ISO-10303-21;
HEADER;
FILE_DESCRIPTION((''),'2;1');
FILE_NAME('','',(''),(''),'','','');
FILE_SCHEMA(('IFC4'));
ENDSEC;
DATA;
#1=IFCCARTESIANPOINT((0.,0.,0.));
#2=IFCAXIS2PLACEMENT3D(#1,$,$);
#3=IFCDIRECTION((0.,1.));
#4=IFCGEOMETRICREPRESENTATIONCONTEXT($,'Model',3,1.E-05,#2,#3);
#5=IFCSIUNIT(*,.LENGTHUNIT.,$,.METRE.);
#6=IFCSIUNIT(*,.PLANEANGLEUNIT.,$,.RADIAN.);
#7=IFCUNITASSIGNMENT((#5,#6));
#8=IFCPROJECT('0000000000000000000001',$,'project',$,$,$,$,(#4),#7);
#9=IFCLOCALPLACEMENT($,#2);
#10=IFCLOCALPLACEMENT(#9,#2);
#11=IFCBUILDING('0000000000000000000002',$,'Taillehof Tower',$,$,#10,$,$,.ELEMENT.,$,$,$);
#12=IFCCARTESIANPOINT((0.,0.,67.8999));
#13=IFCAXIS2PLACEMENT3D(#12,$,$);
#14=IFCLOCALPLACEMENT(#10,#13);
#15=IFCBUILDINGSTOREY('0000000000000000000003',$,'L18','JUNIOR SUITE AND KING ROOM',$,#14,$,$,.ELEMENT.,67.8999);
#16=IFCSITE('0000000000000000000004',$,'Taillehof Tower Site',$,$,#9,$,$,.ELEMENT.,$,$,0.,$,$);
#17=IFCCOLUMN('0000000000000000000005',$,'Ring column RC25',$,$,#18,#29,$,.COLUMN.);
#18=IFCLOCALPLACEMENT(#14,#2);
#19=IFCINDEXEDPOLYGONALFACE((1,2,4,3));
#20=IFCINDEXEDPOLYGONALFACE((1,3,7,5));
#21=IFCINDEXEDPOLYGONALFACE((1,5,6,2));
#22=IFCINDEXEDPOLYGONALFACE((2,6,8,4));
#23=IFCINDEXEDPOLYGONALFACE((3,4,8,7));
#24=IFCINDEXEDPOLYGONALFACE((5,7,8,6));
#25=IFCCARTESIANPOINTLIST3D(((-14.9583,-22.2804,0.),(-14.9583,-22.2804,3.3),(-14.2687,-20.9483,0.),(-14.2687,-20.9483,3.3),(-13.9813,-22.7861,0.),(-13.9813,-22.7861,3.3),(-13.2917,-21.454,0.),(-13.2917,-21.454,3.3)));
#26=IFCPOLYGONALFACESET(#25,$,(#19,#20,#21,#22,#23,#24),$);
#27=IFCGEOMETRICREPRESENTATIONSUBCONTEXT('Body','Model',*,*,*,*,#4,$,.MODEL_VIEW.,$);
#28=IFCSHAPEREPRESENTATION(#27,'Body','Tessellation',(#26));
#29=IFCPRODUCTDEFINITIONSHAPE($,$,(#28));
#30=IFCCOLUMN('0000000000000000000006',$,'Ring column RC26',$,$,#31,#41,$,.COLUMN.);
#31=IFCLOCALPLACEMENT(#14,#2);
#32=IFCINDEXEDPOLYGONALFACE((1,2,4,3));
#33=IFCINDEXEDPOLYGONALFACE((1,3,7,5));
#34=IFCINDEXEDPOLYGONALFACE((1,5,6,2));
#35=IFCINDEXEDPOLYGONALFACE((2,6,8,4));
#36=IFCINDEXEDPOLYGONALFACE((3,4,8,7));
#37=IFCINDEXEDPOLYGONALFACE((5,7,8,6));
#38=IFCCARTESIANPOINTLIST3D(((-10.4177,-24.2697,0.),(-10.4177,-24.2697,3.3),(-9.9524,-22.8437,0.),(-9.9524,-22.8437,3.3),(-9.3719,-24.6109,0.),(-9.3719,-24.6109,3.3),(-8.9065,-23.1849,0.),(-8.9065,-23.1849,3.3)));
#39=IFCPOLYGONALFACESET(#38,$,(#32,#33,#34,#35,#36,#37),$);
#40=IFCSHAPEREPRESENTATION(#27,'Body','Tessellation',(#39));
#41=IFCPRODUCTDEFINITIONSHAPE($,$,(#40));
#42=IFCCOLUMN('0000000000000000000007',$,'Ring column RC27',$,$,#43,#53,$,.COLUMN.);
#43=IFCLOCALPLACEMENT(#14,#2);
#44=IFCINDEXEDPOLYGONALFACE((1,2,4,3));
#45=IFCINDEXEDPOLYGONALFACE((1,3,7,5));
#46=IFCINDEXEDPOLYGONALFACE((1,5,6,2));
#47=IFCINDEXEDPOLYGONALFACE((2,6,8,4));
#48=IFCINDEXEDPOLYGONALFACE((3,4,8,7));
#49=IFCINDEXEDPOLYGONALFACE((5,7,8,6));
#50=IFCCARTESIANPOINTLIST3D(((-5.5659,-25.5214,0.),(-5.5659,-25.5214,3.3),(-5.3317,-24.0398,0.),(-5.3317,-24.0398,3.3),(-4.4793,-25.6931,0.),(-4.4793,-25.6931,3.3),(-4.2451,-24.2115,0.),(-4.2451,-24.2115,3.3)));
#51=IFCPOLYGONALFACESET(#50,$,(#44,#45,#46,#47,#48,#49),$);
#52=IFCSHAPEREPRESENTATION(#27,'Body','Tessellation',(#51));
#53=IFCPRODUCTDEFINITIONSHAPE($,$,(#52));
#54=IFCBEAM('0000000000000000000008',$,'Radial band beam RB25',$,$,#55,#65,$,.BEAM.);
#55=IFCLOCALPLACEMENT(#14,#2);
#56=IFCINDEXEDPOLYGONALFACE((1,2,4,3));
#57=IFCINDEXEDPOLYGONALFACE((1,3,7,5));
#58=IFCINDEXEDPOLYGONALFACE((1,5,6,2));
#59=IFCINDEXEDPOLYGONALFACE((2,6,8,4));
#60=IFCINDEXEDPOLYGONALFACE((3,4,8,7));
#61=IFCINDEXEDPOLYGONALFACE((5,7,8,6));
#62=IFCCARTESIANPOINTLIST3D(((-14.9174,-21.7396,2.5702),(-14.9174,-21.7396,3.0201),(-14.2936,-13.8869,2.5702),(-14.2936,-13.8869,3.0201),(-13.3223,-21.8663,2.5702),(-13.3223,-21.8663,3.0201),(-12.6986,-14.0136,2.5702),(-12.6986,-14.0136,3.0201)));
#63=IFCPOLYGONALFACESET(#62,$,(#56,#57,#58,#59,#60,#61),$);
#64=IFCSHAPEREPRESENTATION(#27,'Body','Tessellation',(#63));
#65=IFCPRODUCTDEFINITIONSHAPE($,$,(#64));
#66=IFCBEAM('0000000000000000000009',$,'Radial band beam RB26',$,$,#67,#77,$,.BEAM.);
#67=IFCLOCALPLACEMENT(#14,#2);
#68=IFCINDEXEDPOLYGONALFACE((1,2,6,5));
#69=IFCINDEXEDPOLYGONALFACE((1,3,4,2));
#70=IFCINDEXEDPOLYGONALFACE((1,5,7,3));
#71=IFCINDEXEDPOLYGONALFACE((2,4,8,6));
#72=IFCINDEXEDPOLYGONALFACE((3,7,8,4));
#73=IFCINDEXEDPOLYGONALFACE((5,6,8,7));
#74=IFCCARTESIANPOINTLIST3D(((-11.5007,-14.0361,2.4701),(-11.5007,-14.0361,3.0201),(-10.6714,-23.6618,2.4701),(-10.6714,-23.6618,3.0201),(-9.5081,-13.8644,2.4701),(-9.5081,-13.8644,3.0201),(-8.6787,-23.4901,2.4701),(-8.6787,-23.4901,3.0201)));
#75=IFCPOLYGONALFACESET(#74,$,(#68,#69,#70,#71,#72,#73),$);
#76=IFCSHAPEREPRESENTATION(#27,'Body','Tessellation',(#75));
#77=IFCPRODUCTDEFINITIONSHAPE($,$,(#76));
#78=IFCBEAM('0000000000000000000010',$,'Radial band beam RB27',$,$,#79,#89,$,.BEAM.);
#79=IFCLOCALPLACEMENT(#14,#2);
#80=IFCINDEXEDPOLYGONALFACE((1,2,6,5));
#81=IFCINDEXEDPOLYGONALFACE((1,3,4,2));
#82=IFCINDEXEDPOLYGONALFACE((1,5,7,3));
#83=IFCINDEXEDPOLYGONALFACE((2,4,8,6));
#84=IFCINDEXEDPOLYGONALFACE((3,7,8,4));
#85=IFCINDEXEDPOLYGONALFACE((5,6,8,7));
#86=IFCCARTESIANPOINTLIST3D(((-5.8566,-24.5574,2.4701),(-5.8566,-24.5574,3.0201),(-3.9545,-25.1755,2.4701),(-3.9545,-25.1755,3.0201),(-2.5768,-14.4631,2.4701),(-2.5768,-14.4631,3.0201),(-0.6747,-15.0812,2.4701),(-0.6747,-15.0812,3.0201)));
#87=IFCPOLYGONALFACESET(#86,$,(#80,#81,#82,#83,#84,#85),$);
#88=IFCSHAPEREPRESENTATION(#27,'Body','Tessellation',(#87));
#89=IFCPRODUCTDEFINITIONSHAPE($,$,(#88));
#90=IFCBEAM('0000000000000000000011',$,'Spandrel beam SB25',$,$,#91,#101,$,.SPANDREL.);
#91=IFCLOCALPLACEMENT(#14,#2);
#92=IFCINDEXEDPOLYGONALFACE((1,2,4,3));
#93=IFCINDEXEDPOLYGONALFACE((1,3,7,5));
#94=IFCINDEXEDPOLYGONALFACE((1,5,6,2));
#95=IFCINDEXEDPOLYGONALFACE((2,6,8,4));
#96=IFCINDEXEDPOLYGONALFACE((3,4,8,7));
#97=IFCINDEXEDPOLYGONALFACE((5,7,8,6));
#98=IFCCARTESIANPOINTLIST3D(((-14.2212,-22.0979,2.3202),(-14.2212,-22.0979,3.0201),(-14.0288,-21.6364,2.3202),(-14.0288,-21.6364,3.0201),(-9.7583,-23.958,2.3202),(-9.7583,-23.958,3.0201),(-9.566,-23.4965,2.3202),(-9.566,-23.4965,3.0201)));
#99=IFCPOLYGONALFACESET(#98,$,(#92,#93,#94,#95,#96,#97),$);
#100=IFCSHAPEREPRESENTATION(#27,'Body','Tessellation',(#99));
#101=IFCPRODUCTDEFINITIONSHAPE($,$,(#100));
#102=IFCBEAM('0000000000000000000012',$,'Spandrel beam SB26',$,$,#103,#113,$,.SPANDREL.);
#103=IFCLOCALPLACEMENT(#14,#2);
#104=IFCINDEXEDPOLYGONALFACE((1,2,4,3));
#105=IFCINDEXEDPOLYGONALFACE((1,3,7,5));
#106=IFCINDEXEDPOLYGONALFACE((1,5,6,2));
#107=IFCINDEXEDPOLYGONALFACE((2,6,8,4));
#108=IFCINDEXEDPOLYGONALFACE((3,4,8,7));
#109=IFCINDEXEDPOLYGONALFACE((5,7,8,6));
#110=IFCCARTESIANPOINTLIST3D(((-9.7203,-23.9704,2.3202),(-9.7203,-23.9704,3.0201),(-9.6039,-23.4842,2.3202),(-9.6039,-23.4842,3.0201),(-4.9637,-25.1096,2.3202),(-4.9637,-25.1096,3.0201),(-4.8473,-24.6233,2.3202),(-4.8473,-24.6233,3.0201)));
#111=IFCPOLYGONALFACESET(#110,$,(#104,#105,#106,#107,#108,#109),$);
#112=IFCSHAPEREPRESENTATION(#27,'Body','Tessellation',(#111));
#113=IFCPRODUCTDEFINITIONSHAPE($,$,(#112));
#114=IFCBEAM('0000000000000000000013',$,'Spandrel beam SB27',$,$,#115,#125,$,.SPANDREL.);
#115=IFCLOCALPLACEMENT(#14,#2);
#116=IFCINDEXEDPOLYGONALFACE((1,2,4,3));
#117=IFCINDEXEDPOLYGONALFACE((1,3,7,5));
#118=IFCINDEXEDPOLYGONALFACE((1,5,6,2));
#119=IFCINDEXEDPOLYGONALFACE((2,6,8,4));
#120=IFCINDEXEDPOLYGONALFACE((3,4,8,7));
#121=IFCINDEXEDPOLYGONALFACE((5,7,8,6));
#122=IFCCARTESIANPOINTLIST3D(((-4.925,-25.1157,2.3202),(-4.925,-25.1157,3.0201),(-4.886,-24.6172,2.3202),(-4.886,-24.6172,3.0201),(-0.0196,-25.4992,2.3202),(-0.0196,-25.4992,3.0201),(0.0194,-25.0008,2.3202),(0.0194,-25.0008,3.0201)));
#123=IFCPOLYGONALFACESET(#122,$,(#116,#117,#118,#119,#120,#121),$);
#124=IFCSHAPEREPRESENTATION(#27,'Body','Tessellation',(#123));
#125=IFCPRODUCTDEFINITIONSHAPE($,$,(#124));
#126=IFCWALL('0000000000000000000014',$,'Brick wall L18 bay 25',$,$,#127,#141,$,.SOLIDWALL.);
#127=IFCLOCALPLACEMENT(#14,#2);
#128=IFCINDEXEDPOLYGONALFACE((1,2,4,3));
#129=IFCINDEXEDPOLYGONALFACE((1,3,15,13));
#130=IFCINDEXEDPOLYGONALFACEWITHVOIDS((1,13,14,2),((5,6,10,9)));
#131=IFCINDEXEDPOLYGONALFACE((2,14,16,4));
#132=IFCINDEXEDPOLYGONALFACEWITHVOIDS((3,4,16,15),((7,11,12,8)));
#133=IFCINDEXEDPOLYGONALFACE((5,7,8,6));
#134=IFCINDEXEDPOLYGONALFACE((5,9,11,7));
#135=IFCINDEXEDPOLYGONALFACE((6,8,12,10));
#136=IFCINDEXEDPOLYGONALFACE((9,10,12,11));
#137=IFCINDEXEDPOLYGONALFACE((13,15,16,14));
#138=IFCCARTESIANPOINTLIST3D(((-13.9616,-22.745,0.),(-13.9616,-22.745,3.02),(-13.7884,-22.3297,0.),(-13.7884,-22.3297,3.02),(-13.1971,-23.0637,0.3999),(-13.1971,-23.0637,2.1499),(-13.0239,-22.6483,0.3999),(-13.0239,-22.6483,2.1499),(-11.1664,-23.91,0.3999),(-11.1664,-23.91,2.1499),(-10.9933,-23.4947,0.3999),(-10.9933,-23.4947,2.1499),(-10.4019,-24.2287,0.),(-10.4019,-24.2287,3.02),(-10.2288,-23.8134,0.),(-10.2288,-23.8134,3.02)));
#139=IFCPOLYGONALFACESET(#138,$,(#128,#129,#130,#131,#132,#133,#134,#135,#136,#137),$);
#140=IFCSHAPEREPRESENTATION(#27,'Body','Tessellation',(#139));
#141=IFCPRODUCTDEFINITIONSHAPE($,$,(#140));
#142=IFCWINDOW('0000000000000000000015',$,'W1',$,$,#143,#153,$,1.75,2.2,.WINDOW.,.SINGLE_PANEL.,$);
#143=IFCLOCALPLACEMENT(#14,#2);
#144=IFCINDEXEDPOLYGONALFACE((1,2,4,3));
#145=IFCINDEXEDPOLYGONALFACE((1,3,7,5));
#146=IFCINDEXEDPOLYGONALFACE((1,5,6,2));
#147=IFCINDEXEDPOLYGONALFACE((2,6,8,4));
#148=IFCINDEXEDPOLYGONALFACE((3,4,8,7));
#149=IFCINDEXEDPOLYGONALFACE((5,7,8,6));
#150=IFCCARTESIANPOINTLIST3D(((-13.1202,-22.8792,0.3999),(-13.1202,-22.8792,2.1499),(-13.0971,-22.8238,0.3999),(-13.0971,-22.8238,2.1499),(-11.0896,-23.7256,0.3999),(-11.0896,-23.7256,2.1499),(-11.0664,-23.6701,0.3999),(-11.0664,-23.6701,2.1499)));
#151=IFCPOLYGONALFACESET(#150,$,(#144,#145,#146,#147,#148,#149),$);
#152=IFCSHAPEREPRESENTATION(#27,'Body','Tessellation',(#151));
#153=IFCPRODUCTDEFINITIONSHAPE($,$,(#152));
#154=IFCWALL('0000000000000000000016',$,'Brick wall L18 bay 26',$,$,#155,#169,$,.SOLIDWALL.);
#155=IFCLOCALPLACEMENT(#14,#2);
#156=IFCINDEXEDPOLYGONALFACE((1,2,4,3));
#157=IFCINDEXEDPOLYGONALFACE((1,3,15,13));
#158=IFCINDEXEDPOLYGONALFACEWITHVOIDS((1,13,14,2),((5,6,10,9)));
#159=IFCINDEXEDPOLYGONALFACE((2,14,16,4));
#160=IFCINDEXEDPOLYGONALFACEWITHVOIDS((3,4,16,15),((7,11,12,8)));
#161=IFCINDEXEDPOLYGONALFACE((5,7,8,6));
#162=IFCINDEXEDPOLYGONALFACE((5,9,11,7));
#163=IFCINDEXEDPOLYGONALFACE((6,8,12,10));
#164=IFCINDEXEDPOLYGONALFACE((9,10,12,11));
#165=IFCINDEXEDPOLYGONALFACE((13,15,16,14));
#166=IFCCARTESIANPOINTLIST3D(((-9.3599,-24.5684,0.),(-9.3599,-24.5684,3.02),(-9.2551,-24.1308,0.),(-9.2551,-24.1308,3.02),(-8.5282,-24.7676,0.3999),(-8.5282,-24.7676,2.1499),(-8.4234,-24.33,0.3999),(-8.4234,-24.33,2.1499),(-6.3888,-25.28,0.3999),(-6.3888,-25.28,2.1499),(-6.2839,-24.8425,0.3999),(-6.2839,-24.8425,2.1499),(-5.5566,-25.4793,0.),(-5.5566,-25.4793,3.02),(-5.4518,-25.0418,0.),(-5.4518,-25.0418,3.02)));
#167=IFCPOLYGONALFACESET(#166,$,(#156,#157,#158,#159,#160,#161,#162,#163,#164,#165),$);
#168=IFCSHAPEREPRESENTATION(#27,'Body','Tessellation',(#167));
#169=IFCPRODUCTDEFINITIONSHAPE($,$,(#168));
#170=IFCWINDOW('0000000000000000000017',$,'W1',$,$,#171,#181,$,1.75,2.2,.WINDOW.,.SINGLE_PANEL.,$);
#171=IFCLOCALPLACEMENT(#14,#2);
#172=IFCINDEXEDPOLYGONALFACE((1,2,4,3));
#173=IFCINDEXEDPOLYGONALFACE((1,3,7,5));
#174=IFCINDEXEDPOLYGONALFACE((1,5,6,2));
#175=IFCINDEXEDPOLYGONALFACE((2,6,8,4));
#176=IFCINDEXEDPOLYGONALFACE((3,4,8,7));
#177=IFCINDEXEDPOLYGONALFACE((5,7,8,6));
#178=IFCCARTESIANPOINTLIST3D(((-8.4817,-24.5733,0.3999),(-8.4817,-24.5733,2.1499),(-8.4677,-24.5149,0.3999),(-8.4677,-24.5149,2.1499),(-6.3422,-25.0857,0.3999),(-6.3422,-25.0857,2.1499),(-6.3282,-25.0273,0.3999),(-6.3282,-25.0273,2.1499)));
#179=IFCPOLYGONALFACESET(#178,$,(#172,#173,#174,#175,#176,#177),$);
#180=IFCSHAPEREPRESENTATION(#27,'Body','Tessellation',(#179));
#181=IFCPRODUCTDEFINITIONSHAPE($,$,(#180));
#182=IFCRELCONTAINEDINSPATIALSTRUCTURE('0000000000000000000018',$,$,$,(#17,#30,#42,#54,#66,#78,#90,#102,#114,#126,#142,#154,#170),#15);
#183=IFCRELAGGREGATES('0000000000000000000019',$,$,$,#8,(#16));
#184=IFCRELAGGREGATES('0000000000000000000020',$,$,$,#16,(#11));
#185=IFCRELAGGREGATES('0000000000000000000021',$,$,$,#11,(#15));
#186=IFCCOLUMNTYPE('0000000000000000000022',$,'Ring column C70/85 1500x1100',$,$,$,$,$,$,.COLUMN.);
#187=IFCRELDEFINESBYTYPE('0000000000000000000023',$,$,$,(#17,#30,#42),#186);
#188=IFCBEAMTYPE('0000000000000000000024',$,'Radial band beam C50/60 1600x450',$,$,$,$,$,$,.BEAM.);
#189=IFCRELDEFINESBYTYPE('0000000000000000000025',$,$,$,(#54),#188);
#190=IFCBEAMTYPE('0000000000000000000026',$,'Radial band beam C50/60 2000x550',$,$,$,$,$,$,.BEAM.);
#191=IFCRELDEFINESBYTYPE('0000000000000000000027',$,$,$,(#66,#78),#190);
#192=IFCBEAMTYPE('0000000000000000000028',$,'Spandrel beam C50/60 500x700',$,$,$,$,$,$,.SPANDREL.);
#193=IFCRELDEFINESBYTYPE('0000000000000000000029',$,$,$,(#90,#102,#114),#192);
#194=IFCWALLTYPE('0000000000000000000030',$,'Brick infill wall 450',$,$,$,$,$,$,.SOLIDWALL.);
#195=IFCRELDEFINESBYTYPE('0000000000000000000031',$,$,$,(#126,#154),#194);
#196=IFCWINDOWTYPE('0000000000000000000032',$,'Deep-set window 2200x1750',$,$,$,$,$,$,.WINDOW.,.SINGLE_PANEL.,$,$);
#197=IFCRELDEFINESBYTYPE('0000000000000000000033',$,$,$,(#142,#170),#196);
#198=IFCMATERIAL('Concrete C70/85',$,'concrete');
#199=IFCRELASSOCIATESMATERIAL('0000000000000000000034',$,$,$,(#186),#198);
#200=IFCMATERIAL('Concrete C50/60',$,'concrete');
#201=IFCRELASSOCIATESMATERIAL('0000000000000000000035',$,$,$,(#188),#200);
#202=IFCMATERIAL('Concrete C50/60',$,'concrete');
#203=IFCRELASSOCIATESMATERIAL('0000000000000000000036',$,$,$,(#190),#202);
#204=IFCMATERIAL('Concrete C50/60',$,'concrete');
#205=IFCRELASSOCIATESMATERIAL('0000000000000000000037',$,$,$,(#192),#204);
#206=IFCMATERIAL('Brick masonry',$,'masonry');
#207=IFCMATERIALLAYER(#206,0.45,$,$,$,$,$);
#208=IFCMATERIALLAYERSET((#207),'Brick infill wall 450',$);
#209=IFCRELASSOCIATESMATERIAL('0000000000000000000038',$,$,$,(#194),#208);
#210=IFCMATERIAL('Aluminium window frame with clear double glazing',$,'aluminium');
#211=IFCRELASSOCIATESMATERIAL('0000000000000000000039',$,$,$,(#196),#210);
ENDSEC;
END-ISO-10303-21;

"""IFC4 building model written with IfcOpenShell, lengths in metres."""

from ifc_helpers import new_model, si_unit, direction, frame, frame_2d, origin, origin_2d, place, context, subcontext, project, spatial, rectangle, extrude, material, layer, layer_set, material_profile, profile_set, type_object, element, fill, save


model = new_model("IFC4")

# Units and contexts
model_context = context("Model", 3, precision=1e-05, world=origin(), true_north=direction((0.0, 1.0)))
body_context = subcontext(model_context, "Body", "Model", "MODEL_VIEW")
ifc_project = project(units=[si_unit("LENGTHUNIT", "METRE"), si_unit("PLANEANGLEUNIT", "RADIAN")], contexts=[model_context])

# Site, building, storey
site_placement = place(None, origin())
site = spatial("IfcSite", under=ifc_project, at=site_placement, Name="Taillehof Tower Site", CompositionType="ELEMENT", RefElevation=0.0)
building_placement = place(site_placement, origin())
building = spatial("IfcBuilding", under=site, at=building_placement, Name="Taillehof Tower", CompositionType="ELEMENT")
storey_placement = place(building_placement, frame((0.0, 0.0, 67.8999)))
storey = spatial("IfcBuildingStorey", under=building, at=storey_placement, Name="L18", Description="JUNIOR SUITE AND KING ROOM", CompositionType="ELEMENT", Elevation=67.8999)

# Columns
ifc_material_1 = material(Name="Concrete C70/85", Category="concrete")
ifc_material_profile_1 = material_profile(ifc_material_1, rectangle(XDim=1.5, YDim=1.1001, at=origin_2d()), Name="RC 1500x1100")
ifc_profile_set_1 = profile_set([ifc_material_profile_1], Name="Concrete C70/85")
column_type = type_object("IfcColumnType", Name="Ring column C70/85 1500x1100", PredefinedType="COLUMN", material=ifc_profile_set_1)
for number, where, z_axis, x_axis, name in (
    (1, (-14.125, -21.8672, 0.0), (0.0, 0.0, 1.0), (-0.459691, -0.888079, 0.0), "Ring column RC25"),
    (2, (-9.6621, -23.7273, 0.0), (0.0, 0.0, 1.0), (-0.310219, -0.950665, 0.0), "Ring column RC26"),
    (3, (-4.9055, -24.8665, 0.0), (0.0, 0.0, 1.0), (-0.156147, -0.987734, 0.0), "Ring column RC27"),
):
    element("IfcColumn", number, at=place(storey_placement, frame(where, z_axis=z_axis, x_axis=x_axis)), inside=storey, type_object=column_type, Name=name, PredefinedType="COLUMN", context=body_context, shape_type="SweptSolid", body=[
        extrude(rectangle(XDim=1.5, YDim=1.1001, at=origin_2d()), origin(), (0.0, 0.0, 1.0), 3.3),
    ])

# Beams
ifc_material_2 = material(Name="Concrete C50/60", Category="concrete")
ifc_material_profile_2 = material_profile(ifc_material_2, rectangle(XDim=1.6001, YDim=0.45, at=origin_2d()), Name="RC 1600x450")
ifc_profile_set_2 = profile_set([ifc_material_profile_2], Name="Concrete C50/60")
beam_type_1 = type_object("IfcBeamType", Name="Radial band beam C50/60 1600x450", PredefinedType="BEAM", material=ifc_profile_set_2)
beam_1_placement = place(storey_placement, frame((-14.1199, -21.803, 2.7952), z_axis=(0.079185, 0.99686, 0.0), x_axis=(-0.99686, 0.079185, 0.0)))
element("IfcBeam", 4, at=beam_1_placement, inside=storey, type_object=beam_type_1, Name="Radial band beam RB25", PredefinedType="BEAM", context=body_context, shape_type="SweptSolid", body=[
    extrude(rectangle(XDim=1.6001, YDim=0.45, at=origin_2d()), origin(), (0.0, 0.0, 1.0), 7.8774),
])
ifc_material_3 = material(Name="Concrete C50/60", Category="concrete")
ifc_material_profile_3 = material_profile(ifc_material_3, rectangle(XDim=2.0, YDim=0.55, at=origin_2d()), Name="RC 2000x550")
ifc_profile_set_3 = profile_set([ifc_material_profile_3], Name="Concrete C50/60")
beam_type_2 = type_object("IfcBeamType", Name="Radial band beam C50/60 2000x550", PredefinedType="BEAM", material=ifc_profile_set_3)
beam_2_placement = place(storey_placement, frame((-9.675, -23.5759, 2.7451), z_axis=(-0.085841, 0.996309, 0.0), x_axis=(-0.996309, -0.085841, 0.0)))
element("IfcBeam", 5, at=beam_2_placement, inside=storey, type_object=beam_type_2, Name="Radial band beam RB26", PredefinedType="BEAM", context=body_context, shape_type="SweptSolid", body=[
    extrude(rectangle(XDim=2.0, YDim=0.55, at=origin_2d()), origin(), (0.0, 0.0, 1.0), 9.6614),
])
beam_3_placement = place(storey_placement, frame((-4.9055, -24.8665, 2.7451), z_axis=(0.309014, 0.951057, 0.0), x_axis=(-0.951057, 0.309014, 0.0)))
element("IfcBeam", 6, at=beam_3_placement, inside=storey, type_object=beam_type_2, Name="Radial band beam RB27", PredefinedType="BEAM", context=body_context, shape_type="SweptSolid", body=[
    extrude(rectangle(XDim=2.0, YDim=0.55, at=origin_2d()), origin(), (0.0, 0.0, 1.0), 10.6138),
])
ifc_material_4 = material(Name="Concrete C50/60", Category="concrete")
ifc_material_profile_4 = material_profile(ifc_material_4, rectangle(XDim=0.5, YDim=0.7, at=origin_2d()), Name="RC 500x700")
ifc_profile_set_4 = profile_set([ifc_material_profile_4], Name="Concrete C50/60")
beam_type_3 = type_object("IfcBeamType", Name="Spandrel beam C50/60 500x700", PredefinedType="SPANDREL", material=ifc_profile_set_4)
beam_4_placement = place(storey_placement, frame((-14.125, -21.8672, 2.6702), z_axis=(0.923035, -0.384716, 0.0), x_axis=(0.384716, 0.923035, 0.0)))
element("IfcBeam", 7, at=beam_4_placement, inside=storey, type_object=beam_type_3, Name="Spandrel beam SB25", PredefinedType="SPANDREL", context=body_context, shape_type="SweptSolid", body=[
    extrude(rectangle(XDim=0.5, YDim=0.7, at=origin_2d()), origin(), (0.0, 0.0, 1.0), 4.835),
])
beam_5_placement = place(storey_placement, frame((-9.6621, -23.7273, 2.6702), z_axis=(0.9725, -0.232905, 0.0), x_axis=(0.232905, 0.9725, 0.0)))
element("IfcBeam", 8, at=beam_5_placement, inside=storey, type_object=beam_type_3, Name="Spandrel beam SB26", PredefinedType="SPANDREL", context=body_context, shape_type="SweptSolid", body=[
    extrude(rectangle(XDim=0.5, YDim=0.7, at=origin_2d()), origin(), (0.0, 0.0, 1.0), 4.8911),
])
beam_6_placement = place(storey_placement, frame((-4.9055, -24.8665, 2.6702), z_axis=(0.996957, -0.077949, 0.0), x_axis=(0.077949, 0.996957, 0.0)))
element("IfcBeam", 9, at=beam_6_placement, inside=storey, type_object=beam_type_3, Name="Spandrel beam SB27", PredefinedType="SPANDREL", context=body_context, shape_type="SweptSolid", body=[
    extrude(rectangle(XDim=0.5, YDim=0.7, at=origin_2d()), origin(), (0.0, 0.0, 1.0), 4.9204),
])

# Walls, openings, windows
ifc_material_5 = material(Name="Brick masonry", Category="masonry")
ifc_layer_1 = layer(ifc_material_5, 0.45)
ifc_layer_set_1 = layer_set([ifc_layer_1], Name="Brick infill wall 450")
wall_type_1 = type_object("IfcWallType", Name="Brick infill wall 450", PredefinedType="SOLIDWALL", material=ifc_layer_set_1)
wall_1_placement = place(storey_placement, frame((-13.875, -22.5374, 0.0), z_axis=(0.0, 0.0, 1.0), x_axis=(0.923032, -0.384723, 0.0)))
wall_1 = element("IfcWall", 10, at=wall_1_placement, inside=storey, type_object=wall_type_1, Name="Brick wall L18 bay 25", PredefinedType="SOLIDWALL", context=body_context, shape_type="SweptSolid", body=[
    extrude(rectangle(XDim=3.8564, YDim=0.45, at=frame_2d((1.9282, 0.0))), origin(), (0.0, 0.0, 1.0), 3.02),
])
opening_1_placement = place(wall_1_placement, frame((0.8281, 0.0, 0.3999)))
opening_1 = element("IfcOpeningElement", 11, at=opening_1_placement, cuts=wall_1, PredefinedType="OPENING", context=body_context, shape_type="SweptSolid", body=[
    extrude(rectangle(XDim=2.2, YDim=1.75, at=frame_2d((1.1001, 0.875))), frame((0.0, 0.2349, 0.0), z_axis=(0.0, -1.0, 0.0), x_axis=(1.0, 0.0, 0.0)), (0.0, 0.0, 1.0), 0.47),
])
ifc_material_6 = material(Name="Aluminium window frame with clear double glazing", Category="aluminium")
window_type = type_object("IfcWindowType", Name="Deep-set window 2200x1750", PartitioningType="SINGLE_PANEL", PredefinedType="WINDOW", material=ifc_material_6)
window_1_placement = place(opening_1_placement, origin())
window_1 = element("IfcWindow", 12, at=window_1_placement, inside=storey, type_object=window_type, Name="W1", OverallHeight=1.75, OverallWidth=2.2, PartitioningType="SINGLE_PANEL", PredefinedType="WINDOW", context=body_context, shape_type="SweptSolid", body=[
    extrude(rectangle(XDim=2.2, YDim=1.75, at=frame_2d((1.1001, 0.875))), frame((0.0, 0.0349, 0.0), z_axis=(0.0, -1.0, 0.0), x_axis=(1.0, 0.0, 0.0)), (0.0, 0.0, 1.0), 0.0601),
])
fill(opening_1, window_1)
wall_2_placement = place(storey_placement, frame((-9.3076, -24.3496, 0.0), z_axis=(0.0, 0.0, 1.0), x_axis=(0.972497, -0.232917, 0.0)))
wall_2 = element("IfcWall", 13, at=wall_2_placement, inside=storey, type_object=wall_type_1, Name="Brick wall L18 bay 26", PredefinedType="SOLIDWALL", context=body_context, shape_type="SweptSolid", body=[
    extrude(rectangle(XDim=3.9109, YDim=0.45, at=frame_2d((1.9556, 0.0))), origin(), (0.0, 0.0, 1.0), 3.02),
])
opening_2_placement = place(wall_2_placement, frame((0.8552, 0.0, 0.3999)))
opening_2 = element("IfcOpeningElement", 14, at=opening_2_placement, cuts=wall_2, PredefinedType="OPENING", context=body_context, shape_type="SweptSolid", body=[
    extrude(rectangle(XDim=2.2, YDim=1.75, at=frame_2d((1.1001, 0.875))), frame((0.0, 0.2349, 0.0), z_axis=(0.0, -1.0, 0.0), x_axis=(1.0, 0.0, 0.0)), (0.0, 0.0, 1.0), 0.47),
])
window_2_placement = place(opening_2_placement, origin())
window_2 = element("IfcWindow", 15, at=window_2_placement, inside=storey, type_object=window_type, Name="W1", OverallHeight=1.75, OverallWidth=2.2, PartitioningType="SINGLE_PANEL", PredefinedType="WINDOW", context=body_context, shape_type="SweptSolid", body=[
    extrude(rectangle(XDim=2.2, YDim=1.75, at=frame_2d((1.1001, 0.875))), frame((0.0, 0.0349, 0.0), z_axis=(0.0, -1.0, 0.0), x_axis=(1.0, 0.0, 0.0)), (0.0, 0.0, 1.0), 0.0601),
])
fill(opening_2, window_2)

save(model, "model.ifc")
